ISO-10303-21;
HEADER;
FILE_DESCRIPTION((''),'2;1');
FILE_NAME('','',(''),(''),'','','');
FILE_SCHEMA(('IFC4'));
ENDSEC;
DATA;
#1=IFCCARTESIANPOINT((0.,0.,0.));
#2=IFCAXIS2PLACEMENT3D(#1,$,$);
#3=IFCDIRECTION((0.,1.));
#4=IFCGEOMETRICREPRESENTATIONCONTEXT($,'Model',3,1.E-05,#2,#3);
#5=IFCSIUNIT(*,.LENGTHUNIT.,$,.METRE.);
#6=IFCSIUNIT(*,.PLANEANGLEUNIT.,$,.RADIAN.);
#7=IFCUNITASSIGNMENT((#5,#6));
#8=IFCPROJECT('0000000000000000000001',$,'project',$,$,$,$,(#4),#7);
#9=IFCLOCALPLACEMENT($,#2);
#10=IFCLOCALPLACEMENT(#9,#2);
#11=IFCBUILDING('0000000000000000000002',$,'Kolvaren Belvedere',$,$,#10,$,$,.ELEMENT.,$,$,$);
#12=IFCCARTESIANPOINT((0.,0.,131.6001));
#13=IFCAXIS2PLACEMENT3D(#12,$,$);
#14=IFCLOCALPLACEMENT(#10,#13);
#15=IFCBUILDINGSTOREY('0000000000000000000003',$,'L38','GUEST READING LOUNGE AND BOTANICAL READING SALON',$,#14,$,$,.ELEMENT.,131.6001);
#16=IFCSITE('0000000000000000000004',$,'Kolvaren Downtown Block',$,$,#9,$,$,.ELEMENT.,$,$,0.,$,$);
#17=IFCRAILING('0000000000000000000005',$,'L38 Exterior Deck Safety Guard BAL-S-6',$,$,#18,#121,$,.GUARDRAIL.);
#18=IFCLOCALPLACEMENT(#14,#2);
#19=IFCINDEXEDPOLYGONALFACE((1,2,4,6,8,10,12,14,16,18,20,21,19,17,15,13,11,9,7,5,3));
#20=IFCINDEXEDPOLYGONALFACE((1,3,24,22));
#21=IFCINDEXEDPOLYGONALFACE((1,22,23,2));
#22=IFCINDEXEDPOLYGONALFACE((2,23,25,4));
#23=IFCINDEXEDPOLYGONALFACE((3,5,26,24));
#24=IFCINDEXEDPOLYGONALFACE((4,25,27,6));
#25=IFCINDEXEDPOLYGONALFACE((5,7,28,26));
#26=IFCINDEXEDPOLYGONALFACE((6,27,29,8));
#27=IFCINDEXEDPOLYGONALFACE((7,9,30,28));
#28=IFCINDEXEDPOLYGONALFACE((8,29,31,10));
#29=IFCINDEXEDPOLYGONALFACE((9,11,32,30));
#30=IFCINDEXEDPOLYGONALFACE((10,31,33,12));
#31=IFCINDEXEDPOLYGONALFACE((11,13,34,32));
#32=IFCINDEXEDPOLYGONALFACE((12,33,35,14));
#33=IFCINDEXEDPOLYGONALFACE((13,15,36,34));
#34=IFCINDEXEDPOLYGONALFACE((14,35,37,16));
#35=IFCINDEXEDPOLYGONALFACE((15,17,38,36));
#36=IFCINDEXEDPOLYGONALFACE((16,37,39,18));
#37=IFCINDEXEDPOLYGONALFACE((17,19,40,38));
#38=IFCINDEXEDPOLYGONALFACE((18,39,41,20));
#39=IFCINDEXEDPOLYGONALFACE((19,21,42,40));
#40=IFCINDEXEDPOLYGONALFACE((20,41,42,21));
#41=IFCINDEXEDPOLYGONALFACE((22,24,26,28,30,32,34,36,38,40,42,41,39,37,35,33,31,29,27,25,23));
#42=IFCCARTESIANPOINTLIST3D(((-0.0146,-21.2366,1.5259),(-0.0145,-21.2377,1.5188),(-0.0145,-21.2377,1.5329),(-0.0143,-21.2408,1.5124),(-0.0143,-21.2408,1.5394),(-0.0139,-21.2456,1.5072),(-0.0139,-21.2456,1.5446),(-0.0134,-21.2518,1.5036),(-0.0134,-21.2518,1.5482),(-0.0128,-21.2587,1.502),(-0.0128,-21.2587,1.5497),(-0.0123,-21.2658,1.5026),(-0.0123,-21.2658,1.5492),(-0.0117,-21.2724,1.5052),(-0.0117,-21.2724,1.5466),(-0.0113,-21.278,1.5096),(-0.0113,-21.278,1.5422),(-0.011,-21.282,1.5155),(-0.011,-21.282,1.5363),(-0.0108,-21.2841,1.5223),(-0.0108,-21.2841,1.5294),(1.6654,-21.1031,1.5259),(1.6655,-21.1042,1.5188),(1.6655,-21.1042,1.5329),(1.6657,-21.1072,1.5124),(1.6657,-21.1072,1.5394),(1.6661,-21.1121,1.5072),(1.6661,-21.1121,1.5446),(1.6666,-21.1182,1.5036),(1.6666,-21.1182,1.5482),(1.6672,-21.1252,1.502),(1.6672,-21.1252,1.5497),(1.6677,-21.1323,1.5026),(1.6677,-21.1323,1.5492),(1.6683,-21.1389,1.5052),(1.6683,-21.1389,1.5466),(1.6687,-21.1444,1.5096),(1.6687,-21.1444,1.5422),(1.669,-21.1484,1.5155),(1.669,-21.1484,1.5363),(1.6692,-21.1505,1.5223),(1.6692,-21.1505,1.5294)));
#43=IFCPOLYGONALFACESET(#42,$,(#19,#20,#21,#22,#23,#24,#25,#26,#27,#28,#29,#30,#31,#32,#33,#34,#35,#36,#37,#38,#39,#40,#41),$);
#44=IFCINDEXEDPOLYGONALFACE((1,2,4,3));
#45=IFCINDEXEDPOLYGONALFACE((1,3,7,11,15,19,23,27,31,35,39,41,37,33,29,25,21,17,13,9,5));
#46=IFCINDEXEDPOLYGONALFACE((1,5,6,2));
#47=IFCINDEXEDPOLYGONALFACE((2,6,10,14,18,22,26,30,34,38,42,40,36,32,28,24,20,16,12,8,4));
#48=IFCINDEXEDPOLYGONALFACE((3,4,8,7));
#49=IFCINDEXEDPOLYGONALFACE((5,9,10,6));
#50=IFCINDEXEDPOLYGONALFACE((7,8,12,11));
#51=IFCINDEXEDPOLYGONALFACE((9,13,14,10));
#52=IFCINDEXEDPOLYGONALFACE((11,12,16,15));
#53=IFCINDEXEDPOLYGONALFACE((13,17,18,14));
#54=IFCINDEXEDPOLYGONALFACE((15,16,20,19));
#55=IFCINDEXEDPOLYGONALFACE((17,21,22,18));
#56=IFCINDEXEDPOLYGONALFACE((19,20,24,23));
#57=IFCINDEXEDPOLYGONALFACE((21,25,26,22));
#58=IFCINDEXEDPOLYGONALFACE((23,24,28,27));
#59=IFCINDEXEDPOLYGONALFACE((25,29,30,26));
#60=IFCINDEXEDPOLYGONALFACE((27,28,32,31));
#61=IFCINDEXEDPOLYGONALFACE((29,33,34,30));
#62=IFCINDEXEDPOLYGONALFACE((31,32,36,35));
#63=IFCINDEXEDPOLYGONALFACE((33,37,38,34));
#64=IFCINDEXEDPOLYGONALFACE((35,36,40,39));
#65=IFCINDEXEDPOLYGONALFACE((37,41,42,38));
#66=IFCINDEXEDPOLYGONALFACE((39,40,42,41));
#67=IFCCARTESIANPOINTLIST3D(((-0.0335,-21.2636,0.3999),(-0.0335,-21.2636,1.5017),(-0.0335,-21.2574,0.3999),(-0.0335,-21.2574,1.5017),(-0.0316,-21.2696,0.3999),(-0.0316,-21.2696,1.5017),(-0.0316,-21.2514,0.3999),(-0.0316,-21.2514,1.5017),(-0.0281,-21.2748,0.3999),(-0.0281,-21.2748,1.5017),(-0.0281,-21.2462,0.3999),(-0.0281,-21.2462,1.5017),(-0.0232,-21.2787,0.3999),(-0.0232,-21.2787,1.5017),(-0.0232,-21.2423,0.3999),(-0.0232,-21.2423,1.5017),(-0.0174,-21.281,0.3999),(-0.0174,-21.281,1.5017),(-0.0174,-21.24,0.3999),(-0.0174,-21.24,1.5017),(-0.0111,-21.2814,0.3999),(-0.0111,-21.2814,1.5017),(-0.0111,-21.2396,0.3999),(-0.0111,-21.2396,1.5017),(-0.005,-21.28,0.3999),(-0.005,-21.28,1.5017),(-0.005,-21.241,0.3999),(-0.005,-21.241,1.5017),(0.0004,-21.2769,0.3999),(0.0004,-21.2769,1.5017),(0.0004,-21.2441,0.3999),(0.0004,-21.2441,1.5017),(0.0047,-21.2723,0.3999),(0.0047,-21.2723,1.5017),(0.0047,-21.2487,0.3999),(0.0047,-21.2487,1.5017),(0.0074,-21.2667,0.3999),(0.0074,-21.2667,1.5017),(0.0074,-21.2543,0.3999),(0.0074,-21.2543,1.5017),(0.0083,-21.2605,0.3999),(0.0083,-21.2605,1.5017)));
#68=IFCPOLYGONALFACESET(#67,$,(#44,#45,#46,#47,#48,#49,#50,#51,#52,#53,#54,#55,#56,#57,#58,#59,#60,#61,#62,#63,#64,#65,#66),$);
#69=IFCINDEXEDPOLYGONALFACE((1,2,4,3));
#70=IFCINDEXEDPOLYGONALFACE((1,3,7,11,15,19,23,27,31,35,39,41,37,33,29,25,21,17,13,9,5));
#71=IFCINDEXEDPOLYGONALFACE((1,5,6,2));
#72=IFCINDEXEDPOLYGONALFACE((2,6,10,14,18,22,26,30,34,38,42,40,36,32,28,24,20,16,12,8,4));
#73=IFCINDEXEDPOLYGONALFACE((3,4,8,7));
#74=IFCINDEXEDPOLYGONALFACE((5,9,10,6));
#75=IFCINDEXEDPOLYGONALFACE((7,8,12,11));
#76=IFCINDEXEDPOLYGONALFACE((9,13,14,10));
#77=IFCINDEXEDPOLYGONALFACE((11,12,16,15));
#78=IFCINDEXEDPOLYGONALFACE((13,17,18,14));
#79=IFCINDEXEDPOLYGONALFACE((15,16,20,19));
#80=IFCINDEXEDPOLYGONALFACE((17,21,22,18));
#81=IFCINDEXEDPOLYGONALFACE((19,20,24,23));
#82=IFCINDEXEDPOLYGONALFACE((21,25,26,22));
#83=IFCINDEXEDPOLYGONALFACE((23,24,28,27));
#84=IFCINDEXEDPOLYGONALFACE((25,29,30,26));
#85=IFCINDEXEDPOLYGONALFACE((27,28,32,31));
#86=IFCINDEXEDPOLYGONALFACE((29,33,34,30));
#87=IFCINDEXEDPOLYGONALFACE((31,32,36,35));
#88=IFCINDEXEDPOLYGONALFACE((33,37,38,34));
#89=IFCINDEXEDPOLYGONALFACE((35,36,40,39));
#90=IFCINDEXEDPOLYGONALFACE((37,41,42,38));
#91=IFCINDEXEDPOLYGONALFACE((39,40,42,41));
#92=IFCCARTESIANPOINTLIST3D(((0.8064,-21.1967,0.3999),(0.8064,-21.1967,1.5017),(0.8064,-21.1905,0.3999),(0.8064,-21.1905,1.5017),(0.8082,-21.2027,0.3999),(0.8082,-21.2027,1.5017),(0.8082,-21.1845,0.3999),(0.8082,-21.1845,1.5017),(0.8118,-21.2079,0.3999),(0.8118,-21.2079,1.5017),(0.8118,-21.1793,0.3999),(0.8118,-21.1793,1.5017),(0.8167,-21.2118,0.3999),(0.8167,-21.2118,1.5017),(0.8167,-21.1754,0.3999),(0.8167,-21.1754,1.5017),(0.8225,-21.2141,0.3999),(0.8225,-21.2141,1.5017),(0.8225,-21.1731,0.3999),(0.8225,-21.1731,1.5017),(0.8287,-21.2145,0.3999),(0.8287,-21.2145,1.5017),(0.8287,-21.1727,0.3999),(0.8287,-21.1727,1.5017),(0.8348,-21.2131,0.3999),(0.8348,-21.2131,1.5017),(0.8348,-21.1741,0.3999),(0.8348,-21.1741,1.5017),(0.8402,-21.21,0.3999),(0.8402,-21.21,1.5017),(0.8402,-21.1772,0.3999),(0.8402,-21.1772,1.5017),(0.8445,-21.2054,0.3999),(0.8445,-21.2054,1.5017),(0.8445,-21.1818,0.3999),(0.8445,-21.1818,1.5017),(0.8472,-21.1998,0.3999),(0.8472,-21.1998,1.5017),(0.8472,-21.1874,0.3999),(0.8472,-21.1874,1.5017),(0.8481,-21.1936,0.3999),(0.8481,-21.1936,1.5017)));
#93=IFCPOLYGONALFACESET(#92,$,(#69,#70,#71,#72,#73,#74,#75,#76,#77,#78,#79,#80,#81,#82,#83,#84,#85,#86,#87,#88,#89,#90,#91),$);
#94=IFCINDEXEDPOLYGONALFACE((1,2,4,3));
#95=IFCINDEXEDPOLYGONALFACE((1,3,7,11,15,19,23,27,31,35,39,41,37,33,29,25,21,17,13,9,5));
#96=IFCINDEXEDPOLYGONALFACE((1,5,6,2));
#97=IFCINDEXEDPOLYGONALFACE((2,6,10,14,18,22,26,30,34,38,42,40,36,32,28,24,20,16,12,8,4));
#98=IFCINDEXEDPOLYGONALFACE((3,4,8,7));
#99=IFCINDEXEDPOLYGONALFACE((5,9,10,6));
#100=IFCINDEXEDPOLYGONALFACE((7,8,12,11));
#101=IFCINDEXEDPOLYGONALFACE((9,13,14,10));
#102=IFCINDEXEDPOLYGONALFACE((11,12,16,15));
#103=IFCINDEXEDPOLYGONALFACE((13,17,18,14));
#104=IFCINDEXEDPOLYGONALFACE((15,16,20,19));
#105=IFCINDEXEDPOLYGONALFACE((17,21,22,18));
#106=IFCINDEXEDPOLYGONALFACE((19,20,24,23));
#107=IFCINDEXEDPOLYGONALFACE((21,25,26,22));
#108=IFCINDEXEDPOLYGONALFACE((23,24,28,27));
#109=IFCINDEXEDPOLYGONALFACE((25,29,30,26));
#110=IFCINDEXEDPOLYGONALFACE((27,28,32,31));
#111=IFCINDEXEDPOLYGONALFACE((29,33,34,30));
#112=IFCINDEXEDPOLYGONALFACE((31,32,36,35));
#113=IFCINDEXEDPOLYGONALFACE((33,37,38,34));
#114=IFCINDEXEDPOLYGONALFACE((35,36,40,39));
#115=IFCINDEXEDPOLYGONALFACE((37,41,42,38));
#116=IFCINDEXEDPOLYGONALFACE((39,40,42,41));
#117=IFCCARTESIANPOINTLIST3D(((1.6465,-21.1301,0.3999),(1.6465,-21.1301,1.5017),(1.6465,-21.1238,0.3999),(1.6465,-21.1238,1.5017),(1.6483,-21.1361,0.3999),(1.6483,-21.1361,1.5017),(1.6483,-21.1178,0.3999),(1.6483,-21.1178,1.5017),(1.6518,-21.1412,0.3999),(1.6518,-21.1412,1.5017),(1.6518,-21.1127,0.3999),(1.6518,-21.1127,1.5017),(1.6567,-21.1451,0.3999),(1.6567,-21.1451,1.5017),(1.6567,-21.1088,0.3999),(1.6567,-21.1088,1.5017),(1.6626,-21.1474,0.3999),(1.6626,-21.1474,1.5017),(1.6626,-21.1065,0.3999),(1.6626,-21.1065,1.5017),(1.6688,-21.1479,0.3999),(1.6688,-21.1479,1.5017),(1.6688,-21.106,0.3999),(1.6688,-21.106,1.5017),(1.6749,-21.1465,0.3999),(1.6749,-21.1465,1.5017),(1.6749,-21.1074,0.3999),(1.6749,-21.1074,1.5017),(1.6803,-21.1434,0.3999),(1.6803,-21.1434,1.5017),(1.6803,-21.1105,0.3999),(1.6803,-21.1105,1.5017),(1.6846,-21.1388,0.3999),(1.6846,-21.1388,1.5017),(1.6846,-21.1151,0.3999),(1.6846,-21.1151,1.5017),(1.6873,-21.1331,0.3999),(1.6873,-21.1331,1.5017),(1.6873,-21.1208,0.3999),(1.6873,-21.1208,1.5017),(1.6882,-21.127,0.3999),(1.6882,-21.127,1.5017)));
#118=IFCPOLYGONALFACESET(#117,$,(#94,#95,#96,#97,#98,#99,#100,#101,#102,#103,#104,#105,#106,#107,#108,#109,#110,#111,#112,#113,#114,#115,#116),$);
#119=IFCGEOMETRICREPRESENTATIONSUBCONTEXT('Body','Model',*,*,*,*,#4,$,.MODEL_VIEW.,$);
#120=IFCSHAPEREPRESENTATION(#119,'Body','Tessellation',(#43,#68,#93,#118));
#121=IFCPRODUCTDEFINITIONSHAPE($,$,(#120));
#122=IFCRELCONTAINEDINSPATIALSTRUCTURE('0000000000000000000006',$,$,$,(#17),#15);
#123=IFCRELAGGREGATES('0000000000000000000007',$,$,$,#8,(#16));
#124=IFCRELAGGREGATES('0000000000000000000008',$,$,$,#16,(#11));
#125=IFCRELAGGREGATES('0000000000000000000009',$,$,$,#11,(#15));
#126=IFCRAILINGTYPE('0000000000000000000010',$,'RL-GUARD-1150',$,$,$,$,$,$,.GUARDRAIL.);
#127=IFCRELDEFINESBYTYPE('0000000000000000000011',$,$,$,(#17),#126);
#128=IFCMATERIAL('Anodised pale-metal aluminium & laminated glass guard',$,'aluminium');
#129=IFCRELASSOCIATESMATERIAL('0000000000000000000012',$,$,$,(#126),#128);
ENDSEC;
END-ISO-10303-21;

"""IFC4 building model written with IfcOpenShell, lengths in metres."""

from ifc_helpers import new_model, si_unit, direction, frame, origin, origin_2d, place, context, subcontext, project, spatial, circle, extrude, material, type_object, element, save


model = new_model("IFC4")

# Units and contexts
model_context = context("Model", 3, precision=1e-05, world=origin(), true_north=direction((0.0, 1.0)))
body_context = subcontext(model_context, "Body", "Model", "MODEL_VIEW")
ifc_project = project(units=[si_unit("LENGTHUNIT", "METRE"), si_unit("PLANEANGLEUNIT", "RADIAN")], contexts=[model_context])

# Site, building, storey
site_placement = place(None, origin())
site = spatial("IfcSite", under=ifc_project, at=site_placement, Name="Kolvaren Downtown Block", CompositionType="ELEMENT", RefElevation=0.0)
building_placement = place(site_placement, origin())
building = spatial("IfcBuilding", under=site, at=building_placement, Name="Kolvaren Belvedere", CompositionType="ELEMENT")
storey_placement = place(building_placement, frame((0.0, 0.0, 131.6001)))
storey = spatial("IfcBuildingStorey", under=building, at=storey_placement, Name="L38", Description="GUEST READING LOUNGE AND BOTANICAL READING SALON", CompositionType="ELEMENT", Elevation=131.6001)

# Railing
ifc_material_1 = material(Name="Anodised pale-metal aluminium & laminated glass guard", Category="aluminium")
railing_type = type_object("IfcRailingType", Name="RL-GUARD-1150", PredefinedType="GUARDRAIL", material=ifc_material_1)
railing_1_placement = place(storey_placement, frame((-0.0127, -21.2605, 0.3999)))
element("IfcRailing", 1, at=railing_1_placement, inside=storey, type_object=railing_type, Name="L38 Exterior Deck Safety Guard BAL-S-6", PredefinedType="GUARDRAIL", context=body_context, shape_type="SweptSolid", body=[
    extrude(circle(Radius=0.0239, at=origin_2d()), frame((0.0, 0.0, 1.126), z_axis=(0.996855, 0.079244, 0.0), x_axis=(-0.079244, 0.996855, 0.0)), (0.0, 0.0, 1.0), 1.6853),
    extrude(circle(Radius=0.021, at=origin_2d()), origin(), (0.0, 0.0, 1.0), 1.1018),
    extrude(circle(Radius=0.021, at=origin_2d()), frame((0.8398, 0.0669, 0.0)), (0.0, 0.0, 1.0), 1.1018),
    extrude(circle(Radius=0.021, at=origin_2d()), frame((1.6799, 0.1335, 0.0)), (0.0, 0.0, 1.0), 1.1018),
])

save(model, "model.ifc")
